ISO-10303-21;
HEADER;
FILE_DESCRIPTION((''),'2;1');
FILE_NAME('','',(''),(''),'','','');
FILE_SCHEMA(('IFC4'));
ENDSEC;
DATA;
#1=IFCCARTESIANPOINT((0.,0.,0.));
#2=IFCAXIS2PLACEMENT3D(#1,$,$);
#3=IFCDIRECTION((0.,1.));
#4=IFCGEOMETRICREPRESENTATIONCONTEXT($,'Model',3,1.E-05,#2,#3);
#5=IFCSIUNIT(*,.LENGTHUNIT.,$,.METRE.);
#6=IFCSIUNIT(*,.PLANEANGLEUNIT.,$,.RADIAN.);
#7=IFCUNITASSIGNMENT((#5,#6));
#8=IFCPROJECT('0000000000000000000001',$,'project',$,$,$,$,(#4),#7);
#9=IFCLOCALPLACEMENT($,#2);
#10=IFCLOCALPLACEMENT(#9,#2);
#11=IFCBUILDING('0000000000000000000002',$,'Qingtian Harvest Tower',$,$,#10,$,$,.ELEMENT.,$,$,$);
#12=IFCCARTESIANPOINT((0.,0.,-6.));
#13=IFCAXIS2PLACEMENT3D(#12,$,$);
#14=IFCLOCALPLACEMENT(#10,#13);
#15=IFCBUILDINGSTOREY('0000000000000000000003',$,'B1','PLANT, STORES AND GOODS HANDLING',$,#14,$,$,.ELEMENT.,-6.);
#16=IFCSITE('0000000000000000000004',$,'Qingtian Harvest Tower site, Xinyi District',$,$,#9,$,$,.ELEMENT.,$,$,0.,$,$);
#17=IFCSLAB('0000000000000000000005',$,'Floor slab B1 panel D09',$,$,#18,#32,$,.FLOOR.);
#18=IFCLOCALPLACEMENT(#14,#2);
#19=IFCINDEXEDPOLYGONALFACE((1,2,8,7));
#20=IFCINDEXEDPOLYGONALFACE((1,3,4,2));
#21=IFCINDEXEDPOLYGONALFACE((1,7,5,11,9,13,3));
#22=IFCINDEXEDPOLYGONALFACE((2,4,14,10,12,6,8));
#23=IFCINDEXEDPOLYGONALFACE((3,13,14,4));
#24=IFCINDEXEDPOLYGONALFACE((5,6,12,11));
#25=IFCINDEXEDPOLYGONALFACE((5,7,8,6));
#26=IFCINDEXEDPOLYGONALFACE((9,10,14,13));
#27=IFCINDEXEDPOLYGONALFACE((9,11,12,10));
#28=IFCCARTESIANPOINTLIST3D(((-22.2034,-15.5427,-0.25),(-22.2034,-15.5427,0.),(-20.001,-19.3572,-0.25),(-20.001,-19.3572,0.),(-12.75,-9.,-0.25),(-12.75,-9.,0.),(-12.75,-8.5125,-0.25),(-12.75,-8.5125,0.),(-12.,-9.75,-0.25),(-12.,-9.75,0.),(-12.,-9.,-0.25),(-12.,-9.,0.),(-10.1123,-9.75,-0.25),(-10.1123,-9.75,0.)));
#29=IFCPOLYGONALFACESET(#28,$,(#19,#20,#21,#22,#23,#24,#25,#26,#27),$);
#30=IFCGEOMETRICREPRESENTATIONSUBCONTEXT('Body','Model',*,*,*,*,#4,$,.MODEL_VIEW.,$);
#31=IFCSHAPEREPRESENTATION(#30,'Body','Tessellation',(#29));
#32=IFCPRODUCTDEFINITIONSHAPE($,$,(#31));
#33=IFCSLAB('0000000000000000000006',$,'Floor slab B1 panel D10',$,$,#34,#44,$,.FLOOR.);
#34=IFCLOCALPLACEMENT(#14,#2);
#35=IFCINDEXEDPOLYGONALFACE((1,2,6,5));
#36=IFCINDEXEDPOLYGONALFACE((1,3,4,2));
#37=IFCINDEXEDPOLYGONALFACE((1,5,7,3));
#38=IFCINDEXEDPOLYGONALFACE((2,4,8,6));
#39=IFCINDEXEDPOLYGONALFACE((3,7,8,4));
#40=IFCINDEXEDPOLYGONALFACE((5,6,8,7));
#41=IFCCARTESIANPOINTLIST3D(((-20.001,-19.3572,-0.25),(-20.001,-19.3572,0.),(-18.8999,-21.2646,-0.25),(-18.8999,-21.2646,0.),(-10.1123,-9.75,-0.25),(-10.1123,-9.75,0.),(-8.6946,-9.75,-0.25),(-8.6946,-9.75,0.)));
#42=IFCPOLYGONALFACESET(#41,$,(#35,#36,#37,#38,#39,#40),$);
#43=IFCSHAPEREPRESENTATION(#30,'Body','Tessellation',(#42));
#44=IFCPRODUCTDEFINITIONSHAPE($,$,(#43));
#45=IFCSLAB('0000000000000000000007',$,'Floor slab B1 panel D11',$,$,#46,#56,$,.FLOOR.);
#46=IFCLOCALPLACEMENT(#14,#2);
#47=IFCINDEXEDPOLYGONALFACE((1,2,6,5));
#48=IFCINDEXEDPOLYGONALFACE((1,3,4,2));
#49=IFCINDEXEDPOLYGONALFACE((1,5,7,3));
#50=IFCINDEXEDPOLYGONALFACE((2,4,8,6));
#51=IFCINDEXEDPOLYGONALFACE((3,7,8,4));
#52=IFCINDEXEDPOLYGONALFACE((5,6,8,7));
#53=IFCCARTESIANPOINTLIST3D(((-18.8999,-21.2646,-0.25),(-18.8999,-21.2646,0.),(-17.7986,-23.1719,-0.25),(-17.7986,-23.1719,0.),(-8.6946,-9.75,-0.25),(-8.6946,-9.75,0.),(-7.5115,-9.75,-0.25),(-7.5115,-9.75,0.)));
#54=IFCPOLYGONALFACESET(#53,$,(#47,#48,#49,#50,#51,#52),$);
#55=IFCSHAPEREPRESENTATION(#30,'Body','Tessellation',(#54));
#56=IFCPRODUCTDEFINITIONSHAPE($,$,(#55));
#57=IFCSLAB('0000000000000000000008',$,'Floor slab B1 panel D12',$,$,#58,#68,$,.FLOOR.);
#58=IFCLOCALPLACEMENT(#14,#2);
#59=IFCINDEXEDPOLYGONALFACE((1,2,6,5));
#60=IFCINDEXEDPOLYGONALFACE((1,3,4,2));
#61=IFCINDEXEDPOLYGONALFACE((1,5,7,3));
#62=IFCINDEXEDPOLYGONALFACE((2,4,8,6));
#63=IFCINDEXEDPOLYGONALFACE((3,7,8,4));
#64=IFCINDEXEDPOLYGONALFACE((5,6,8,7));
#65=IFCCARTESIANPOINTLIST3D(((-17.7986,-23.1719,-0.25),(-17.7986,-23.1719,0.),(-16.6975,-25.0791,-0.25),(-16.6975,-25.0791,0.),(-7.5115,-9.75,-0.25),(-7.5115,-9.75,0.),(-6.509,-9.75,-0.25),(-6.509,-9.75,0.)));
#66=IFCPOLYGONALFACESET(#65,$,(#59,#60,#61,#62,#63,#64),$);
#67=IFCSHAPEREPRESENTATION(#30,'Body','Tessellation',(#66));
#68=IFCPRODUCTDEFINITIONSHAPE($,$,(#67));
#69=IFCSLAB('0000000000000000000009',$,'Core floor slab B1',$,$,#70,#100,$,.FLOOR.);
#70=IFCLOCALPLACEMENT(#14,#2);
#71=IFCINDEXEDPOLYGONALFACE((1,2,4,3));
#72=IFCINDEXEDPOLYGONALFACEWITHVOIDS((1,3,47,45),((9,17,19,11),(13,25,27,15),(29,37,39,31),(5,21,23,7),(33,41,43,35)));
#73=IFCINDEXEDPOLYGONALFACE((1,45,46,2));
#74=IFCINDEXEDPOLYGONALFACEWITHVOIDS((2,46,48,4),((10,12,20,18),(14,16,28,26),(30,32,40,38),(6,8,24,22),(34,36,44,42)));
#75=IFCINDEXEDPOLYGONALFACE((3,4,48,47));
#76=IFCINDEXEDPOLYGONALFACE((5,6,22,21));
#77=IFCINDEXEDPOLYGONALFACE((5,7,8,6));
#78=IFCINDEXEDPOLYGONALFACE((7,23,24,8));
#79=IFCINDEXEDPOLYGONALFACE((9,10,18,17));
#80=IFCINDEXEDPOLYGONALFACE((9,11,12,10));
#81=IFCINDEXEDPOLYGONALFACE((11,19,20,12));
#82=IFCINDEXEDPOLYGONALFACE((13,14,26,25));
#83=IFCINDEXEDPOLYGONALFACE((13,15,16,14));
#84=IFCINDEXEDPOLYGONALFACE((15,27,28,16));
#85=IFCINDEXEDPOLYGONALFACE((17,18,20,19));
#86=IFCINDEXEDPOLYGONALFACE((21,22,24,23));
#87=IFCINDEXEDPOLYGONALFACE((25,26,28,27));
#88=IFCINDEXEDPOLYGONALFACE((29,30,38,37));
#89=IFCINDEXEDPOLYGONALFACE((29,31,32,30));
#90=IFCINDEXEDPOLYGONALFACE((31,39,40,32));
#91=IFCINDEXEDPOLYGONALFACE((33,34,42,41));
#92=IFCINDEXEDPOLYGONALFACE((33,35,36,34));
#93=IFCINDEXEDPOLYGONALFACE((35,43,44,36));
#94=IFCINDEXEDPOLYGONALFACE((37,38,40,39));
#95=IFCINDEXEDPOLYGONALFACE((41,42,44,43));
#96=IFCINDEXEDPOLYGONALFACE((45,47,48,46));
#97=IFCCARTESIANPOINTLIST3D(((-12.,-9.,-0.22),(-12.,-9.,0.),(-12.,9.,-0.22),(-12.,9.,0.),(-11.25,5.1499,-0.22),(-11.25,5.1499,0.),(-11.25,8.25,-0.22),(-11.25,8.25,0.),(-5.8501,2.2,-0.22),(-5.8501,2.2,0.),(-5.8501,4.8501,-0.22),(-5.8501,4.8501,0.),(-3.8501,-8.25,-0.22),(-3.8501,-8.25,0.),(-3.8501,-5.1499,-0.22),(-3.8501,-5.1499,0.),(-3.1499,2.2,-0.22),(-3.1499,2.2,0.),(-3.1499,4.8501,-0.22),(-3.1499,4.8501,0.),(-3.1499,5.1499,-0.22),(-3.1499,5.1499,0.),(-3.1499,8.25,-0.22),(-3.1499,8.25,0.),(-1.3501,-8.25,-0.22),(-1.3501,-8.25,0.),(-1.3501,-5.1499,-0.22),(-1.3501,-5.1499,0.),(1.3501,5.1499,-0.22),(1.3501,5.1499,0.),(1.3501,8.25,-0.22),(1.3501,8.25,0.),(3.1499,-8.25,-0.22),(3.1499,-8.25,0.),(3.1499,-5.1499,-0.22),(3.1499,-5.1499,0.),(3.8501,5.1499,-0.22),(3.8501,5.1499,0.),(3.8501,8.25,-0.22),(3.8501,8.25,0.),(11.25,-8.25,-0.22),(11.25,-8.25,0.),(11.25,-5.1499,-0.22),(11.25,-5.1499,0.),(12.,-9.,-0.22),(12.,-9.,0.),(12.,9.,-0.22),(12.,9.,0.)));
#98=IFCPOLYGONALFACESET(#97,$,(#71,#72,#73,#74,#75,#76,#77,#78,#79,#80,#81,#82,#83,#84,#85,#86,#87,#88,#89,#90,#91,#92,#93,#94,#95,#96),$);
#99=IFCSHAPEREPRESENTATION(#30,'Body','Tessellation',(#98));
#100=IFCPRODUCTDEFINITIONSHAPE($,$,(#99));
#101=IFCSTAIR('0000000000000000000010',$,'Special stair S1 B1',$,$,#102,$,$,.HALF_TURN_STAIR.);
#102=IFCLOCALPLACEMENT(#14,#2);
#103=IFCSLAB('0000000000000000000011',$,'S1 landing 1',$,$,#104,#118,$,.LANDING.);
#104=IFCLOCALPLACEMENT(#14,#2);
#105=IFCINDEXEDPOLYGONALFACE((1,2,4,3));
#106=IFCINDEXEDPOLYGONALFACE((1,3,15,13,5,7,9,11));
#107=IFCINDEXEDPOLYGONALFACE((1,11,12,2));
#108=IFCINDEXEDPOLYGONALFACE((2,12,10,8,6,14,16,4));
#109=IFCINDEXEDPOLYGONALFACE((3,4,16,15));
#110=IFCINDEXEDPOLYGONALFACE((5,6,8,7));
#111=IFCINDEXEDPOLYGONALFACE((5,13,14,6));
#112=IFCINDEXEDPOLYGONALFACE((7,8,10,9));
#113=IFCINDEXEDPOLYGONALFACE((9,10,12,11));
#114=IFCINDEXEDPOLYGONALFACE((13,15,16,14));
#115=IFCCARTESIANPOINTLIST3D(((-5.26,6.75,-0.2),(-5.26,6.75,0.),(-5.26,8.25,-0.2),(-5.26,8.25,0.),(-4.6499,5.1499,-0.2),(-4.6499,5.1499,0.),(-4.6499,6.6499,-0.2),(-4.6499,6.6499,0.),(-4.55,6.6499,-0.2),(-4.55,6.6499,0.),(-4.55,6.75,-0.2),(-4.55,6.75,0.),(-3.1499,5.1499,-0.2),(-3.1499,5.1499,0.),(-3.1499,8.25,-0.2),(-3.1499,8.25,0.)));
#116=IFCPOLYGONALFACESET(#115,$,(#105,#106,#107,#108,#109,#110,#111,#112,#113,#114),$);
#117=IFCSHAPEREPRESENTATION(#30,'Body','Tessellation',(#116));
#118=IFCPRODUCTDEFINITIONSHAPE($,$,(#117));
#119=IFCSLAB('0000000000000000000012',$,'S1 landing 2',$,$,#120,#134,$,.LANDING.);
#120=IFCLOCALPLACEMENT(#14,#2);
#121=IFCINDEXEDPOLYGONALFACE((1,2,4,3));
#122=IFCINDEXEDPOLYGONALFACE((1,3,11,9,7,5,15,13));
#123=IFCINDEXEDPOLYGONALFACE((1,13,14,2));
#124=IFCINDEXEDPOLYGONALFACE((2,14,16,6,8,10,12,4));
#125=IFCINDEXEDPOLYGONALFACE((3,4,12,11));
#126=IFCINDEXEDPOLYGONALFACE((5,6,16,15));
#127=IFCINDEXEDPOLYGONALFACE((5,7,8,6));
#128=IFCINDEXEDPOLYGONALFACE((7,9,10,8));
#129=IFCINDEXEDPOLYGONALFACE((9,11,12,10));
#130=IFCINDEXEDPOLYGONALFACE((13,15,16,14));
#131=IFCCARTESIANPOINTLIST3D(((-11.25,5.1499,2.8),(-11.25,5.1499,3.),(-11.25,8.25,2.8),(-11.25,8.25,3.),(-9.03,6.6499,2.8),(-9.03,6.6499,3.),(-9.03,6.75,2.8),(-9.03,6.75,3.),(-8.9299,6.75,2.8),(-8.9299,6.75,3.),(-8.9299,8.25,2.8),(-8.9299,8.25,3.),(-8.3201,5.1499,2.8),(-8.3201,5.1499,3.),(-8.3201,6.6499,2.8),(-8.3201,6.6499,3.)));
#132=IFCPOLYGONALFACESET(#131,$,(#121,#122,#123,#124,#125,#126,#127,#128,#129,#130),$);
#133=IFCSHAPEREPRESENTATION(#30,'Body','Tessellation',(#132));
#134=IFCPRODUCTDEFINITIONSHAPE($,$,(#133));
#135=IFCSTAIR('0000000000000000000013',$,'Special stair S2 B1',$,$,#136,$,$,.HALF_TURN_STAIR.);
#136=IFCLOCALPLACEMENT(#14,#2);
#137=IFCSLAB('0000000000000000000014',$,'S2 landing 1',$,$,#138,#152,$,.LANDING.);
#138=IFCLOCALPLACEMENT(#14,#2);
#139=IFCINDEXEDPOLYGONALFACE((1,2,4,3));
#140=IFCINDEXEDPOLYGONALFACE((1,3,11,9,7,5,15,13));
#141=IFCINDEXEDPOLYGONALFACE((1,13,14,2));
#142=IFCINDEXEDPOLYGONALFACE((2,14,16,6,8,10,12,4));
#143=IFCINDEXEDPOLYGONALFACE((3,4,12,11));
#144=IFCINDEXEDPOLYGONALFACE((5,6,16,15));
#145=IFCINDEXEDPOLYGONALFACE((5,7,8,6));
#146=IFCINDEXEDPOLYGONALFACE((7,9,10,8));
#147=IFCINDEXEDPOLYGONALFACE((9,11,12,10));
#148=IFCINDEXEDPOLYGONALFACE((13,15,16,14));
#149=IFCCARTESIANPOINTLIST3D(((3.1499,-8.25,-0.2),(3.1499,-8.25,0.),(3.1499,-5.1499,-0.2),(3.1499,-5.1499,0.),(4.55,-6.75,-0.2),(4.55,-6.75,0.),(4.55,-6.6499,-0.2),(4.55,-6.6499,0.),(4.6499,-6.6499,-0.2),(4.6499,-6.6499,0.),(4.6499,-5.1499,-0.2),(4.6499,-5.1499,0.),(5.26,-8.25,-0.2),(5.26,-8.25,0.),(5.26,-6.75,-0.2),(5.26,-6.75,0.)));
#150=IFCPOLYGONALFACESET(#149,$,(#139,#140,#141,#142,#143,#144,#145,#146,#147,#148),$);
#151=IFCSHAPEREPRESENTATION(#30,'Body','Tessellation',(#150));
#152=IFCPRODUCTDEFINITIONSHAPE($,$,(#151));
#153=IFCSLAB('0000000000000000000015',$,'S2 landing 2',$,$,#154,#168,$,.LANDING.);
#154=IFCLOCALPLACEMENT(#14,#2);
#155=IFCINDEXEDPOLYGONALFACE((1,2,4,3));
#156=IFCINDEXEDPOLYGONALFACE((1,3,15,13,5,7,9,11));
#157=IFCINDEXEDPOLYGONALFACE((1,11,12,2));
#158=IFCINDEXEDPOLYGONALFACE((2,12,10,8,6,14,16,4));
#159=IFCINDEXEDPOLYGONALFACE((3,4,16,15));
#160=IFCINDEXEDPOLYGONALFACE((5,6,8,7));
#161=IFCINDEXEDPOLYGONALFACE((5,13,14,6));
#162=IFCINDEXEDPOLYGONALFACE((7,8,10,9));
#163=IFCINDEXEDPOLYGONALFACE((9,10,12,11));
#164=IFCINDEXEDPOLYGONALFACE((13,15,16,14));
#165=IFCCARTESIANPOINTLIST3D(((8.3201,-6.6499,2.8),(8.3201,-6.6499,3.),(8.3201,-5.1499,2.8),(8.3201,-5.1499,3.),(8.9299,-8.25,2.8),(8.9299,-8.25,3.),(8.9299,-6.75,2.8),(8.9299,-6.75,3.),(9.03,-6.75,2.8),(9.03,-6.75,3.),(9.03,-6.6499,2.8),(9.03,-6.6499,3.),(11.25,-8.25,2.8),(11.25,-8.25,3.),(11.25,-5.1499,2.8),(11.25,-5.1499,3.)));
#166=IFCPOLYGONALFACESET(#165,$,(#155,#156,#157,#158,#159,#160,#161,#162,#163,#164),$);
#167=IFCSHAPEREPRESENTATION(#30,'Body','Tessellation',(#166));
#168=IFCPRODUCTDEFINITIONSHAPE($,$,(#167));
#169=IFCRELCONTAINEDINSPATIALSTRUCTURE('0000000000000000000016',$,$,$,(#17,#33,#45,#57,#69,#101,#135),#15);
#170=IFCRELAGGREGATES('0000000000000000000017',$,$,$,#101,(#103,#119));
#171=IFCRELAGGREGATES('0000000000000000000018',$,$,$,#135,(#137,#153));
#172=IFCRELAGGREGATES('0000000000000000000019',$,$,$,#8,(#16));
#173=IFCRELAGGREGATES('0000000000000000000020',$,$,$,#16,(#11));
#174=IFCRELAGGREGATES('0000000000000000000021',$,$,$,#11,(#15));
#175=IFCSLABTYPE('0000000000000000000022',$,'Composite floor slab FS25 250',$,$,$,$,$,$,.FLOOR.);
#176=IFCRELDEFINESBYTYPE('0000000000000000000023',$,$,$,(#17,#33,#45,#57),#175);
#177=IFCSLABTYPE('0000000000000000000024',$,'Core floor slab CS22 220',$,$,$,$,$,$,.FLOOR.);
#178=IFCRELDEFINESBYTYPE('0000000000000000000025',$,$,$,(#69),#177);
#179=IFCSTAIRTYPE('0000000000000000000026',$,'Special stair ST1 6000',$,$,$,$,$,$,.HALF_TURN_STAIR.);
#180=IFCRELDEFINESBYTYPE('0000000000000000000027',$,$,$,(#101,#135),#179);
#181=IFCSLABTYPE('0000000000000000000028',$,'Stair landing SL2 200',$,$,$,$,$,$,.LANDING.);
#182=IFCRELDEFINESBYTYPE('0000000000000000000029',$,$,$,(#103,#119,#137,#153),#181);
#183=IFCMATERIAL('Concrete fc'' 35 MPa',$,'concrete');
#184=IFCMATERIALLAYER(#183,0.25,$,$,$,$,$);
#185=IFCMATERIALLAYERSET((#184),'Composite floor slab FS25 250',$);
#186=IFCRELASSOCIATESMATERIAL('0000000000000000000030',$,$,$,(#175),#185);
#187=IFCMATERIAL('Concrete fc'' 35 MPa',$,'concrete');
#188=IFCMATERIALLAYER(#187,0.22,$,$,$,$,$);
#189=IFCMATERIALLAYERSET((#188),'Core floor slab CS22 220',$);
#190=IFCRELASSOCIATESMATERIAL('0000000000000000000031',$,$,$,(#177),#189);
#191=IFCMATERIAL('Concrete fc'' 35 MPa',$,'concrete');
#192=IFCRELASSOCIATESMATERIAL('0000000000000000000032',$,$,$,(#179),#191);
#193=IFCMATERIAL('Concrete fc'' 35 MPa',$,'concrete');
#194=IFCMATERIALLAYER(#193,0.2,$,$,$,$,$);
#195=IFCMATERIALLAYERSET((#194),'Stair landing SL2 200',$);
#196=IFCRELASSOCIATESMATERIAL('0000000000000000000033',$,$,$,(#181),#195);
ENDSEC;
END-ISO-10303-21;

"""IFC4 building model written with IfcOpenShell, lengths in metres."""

from ifc_helpers import new_model, si_unit, direction, frame, origin, place, context, subcontext, project, spatial, polyline, outline, extrude, material, layer, layer_set, type_object, element, aggregate, save


model = new_model("IFC4")

# Units and contexts
model_context = context("Model", 3, precision=1e-05, world=origin(), true_north=direction((0.0, 1.0)))
body_context = subcontext(model_context, "Body", "Model", "MODEL_VIEW")
ifc_project = project(units=[si_unit("LENGTHUNIT", "METRE"), si_unit("PLANEANGLEUNIT", "RADIAN")], contexts=[model_context])

# Site, building, storey
site_placement = place(None, origin())
site = spatial("IfcSite", under=ifc_project, at=site_placement, Name="Qingtian Harvest Tower site, Xinyi District", CompositionType="ELEMENT", RefElevation=0.0)
building_placement = place(site_placement, origin())
building = spatial("IfcBuilding", under=site, at=building_placement, Name="Qingtian Harvest Tower", CompositionType="ELEMENT")
storey_placement = place(building_placement, frame((0.0, 0.0, -6.0)))
storey = spatial("IfcBuildingStorey", under=building, at=storey_placement, Name="B1", Description="PLANT, STORES AND GOODS HANDLING", CompositionType="ELEMENT", Elevation=-6.0)

# Slabs
ifc_material_1 = material(Name="Concrete fc' 35 MPa", Category="concrete")
ifc_layer_1 = layer(ifc_material_1, 0.25)
ifc_layer_set_1 = layer_set([ifc_layer_1], Name="Composite floor slab FS25 250")
slab_type_1 = type_object("IfcSlabType", Name="Composite floor slab FS25 250", PredefinedType="FLOOR", material=ifc_layer_set_1)
slab_1_placement = place(storey_placement, frame((0.0, 0.0, -0.25)))
element("IfcSlab", 1, at=slab_1_placement, inside=storey, type_object=slab_type_1, Name="Floor slab B1 panel D09", PredefinedType="FLOOR", context=body_context, shape_type="SweptSolid", body=[
    extrude(outline(polyline([(-20.001, -19.3572), (-22.2034, -15.5427), (-12.75, -8.5125), (-12.75, -9.0), (-12.0, -9.0), (-12.0, -9.75), (-10.1123, -9.75), (-20.001, -19.3572)])), origin(), (0.0, 0.0, 1.0), 0.25),
])
slab_2_placement = place(storey_placement, frame((0.0, 0.0, -0.25)))
element("IfcSlab", 2, at=slab_2_placement, inside=storey, type_object=slab_type_1, Name="Floor slab B1 panel D10", PredefinedType="FLOOR", context=body_context, shape_type="SweptSolid", body=[
    extrude(outline(polyline([(-8.6946, -9.75), (-18.8999, -21.2646), (-20.001, -19.3572), (-10.1123, -9.75), (-8.6946, -9.75)])), origin(), (0.0, 0.0, 1.0), 0.25),
])
slab_3_placement = place(storey_placement, frame((0.0, 0.0, -0.25)))
element("IfcSlab", 3, at=slab_3_placement, inside=storey, type_object=slab_type_1, Name="Floor slab B1 panel D11", PredefinedType="FLOOR", context=body_context, shape_type="SweptSolid", body=[
    extrude(outline(polyline([(-7.5115, -9.75), (-17.7986, -23.1719), (-18.8999, -21.2646), (-8.6946, -9.75), (-7.5115, -9.75)])), origin(), (0.0, 0.0, 1.0), 0.25),
])
slab_4_placement = place(storey_placement, frame((0.0, 0.0, -0.25)))
element("IfcSlab", 4, at=slab_4_placement, inside=storey, type_object=slab_type_1, Name="Floor slab B1 panel D12", PredefinedType="FLOOR", context=body_context, shape_type="SweptSolid", body=[
    extrude(outline(polyline([(-6.509, -9.75), (-16.6975, -25.0791), (-17.7986, -23.1719), (-7.5115, -9.75), (-6.509, -9.75)])), origin(), (0.0, 0.0, 1.0), 0.25),
])
ifc_material_2 = material(Name="Concrete fc' 35 MPa", Category="concrete")
ifc_layer_2 = layer(ifc_material_2, 0.22)
ifc_layer_set_2 = layer_set([ifc_layer_2], Name="Core floor slab CS22 220")
slab_type_2 = type_object("IfcSlabType", Name="Core floor slab CS22 220", PredefinedType="FLOOR", material=ifc_layer_set_2)
slab_5_placement = place(storey_placement, frame((0.0, 0.0, -0.22)))
element("IfcSlab", 5, at=slab_5_placement, inside=storey, type_object=slab_type_2, Name="Core floor slab B1", PredefinedType="FLOOR", context=body_context, shape_type="SweptSolid", body=[
    extrude(outline(polyline([(-12.0, -9.0), (12.0, -9.0), (12.0, 9.0), (-12.0, 9.0), (-12.0, -9.0)]), holes=[polyline([(-11.25, 5.1499), (-3.1499, 5.1499), (-3.1499, 8.25), (-11.25, 8.25), (-11.25, 5.1499)]), polyline([(3.1499, -8.25), (11.25, -8.25), (11.25, -5.1499), (3.1499, -5.1499), (3.1499, -8.25)]), polyline([(1.3501, 5.1499), (3.8501, 5.1499), (3.8501, 8.25), (1.3501, 8.25), (1.3501, 5.1499)]), polyline([(-3.8501, -8.25), (-1.3501, -8.25), (-1.3501, -5.1499), (-3.8501, -5.1499), (-3.8501, -8.25)]), polyline([(-5.8501, 2.2), (-3.1499, 2.2), (-3.1499, 4.8501), (-5.8501, 4.8501), (-5.8501, 2.2)])]), origin(), (0.0, 0.0, 1.0), 0.22),
])

# Stairs, slabs
ifc_material_3 = material(Name="Concrete fc' 35 MPa", Category="concrete")
stair_type = type_object("IfcStairType", Name="Special stair ST1 6000", PredefinedType="HALF_TURN_STAIR", material=ifc_material_3)
stair_1_placement = place(storey_placement, origin())
stair_1 = element("IfcStair", 6, at=stair_1_placement, inside=storey, type_object=stair_type, Name="Special stair S1 B1", PredefinedType="HALF_TURN_STAIR")
ifc_material_4 = material(Name="Concrete fc' 35 MPa", Category="concrete")
ifc_layer_3 = layer(ifc_material_4, 0.2)
ifc_layer_set_3 = layer_set([ifc_layer_3], Name="Stair landing SL2 200")
slab_type_3 = type_object("IfcSlabType", Name="Stair landing SL2 200", PredefinedType="LANDING", material=ifc_layer_set_3)
slab_6_placement = place(storey_placement, frame((0.0, 0.0, -0.2)))
slab_6 = element("IfcSlab", 7, at=slab_6_placement, type_object=slab_type_3, Name="S1 landing 1", PredefinedType="LANDING", context=body_context, shape_type="SweptSolid", body=[
    extrude(outline(polyline([(-4.6499, 5.1499), (-4.6499, 6.6499), (-4.55, 6.6499), (-4.55, 6.75), (-5.26, 6.75), (-5.26, 8.25), (-3.1499, 8.25), (-3.1499, 5.1499), (-4.6499, 5.1499)])), origin(), (0.0, 0.0, 1.0), 0.2),
])
slab_7_placement = place(storey_placement, frame((0.0, 0.0, 2.8)))
slab_7 = element("IfcSlab", 8, at=slab_7_placement, type_object=slab_type_3, Name="S1 landing 2", PredefinedType="LANDING", context=body_context, shape_type="SweptSolid", body=[
    extrude(outline(polyline([(-8.3201, 5.1499), (-11.25, 5.1499), (-11.25, 8.25), (-8.9299, 8.25), (-8.9299, 6.75), (-9.03, 6.75), (-9.03, 6.6499), (-8.3201, 6.6499), (-8.3201, 5.1499)])), origin(), (0.0, 0.0, 1.0), 0.2),
])
aggregate(stair_1, [slab_6, slab_7])
stair_2_placement = place(storey_placement, origin())
stair_2 = element("IfcStair", 9, at=stair_2_placement, inside=storey, type_object=stair_type, Name="Special stair S2 B1", PredefinedType="HALF_TURN_STAIR")
slab_8_placement = place(storey_placement, frame((0.0, 0.0, -0.2)))
slab_8 = element("IfcSlab", 10, at=slab_8_placement, type_object=slab_type_3, Name="S2 landing 1", PredefinedType="LANDING", context=body_context, shape_type="SweptSolid", body=[
    extrude(outline(polyline([(5.26, -8.25), (3.1499, -8.25), (3.1499, -5.1499), (4.6499, -5.1499), (4.6499, -6.6499), (4.55, -6.6499), (4.55, -6.75), (5.26, -6.75), (5.26, -8.25)])), origin(), (0.0, 0.0, 1.0), 0.2),
])
slab_9_placement = place(storey_placement, frame((0.0, 0.0, 2.8)))
slab_9 = element("IfcSlab", 11, at=slab_9_placement, type_object=slab_type_3, Name="S2 landing 2", PredefinedType="LANDING", context=body_context, shape_type="SweptSolid", body=[
    extrude(outline(polyline([(8.9299, -8.25), (8.9299, -6.75), (9.03, -6.75), (9.03, -6.6499), (8.3201, -6.6499), (8.3201, -5.1499), (11.25, -5.1499), (11.25, -8.25), (8.9299, -8.25)])), origin(), (0.0, 0.0, 1.0), 0.2),
])
aggregate(stair_2, [slab_8, slab_9])

save(model, "model.ifc")
